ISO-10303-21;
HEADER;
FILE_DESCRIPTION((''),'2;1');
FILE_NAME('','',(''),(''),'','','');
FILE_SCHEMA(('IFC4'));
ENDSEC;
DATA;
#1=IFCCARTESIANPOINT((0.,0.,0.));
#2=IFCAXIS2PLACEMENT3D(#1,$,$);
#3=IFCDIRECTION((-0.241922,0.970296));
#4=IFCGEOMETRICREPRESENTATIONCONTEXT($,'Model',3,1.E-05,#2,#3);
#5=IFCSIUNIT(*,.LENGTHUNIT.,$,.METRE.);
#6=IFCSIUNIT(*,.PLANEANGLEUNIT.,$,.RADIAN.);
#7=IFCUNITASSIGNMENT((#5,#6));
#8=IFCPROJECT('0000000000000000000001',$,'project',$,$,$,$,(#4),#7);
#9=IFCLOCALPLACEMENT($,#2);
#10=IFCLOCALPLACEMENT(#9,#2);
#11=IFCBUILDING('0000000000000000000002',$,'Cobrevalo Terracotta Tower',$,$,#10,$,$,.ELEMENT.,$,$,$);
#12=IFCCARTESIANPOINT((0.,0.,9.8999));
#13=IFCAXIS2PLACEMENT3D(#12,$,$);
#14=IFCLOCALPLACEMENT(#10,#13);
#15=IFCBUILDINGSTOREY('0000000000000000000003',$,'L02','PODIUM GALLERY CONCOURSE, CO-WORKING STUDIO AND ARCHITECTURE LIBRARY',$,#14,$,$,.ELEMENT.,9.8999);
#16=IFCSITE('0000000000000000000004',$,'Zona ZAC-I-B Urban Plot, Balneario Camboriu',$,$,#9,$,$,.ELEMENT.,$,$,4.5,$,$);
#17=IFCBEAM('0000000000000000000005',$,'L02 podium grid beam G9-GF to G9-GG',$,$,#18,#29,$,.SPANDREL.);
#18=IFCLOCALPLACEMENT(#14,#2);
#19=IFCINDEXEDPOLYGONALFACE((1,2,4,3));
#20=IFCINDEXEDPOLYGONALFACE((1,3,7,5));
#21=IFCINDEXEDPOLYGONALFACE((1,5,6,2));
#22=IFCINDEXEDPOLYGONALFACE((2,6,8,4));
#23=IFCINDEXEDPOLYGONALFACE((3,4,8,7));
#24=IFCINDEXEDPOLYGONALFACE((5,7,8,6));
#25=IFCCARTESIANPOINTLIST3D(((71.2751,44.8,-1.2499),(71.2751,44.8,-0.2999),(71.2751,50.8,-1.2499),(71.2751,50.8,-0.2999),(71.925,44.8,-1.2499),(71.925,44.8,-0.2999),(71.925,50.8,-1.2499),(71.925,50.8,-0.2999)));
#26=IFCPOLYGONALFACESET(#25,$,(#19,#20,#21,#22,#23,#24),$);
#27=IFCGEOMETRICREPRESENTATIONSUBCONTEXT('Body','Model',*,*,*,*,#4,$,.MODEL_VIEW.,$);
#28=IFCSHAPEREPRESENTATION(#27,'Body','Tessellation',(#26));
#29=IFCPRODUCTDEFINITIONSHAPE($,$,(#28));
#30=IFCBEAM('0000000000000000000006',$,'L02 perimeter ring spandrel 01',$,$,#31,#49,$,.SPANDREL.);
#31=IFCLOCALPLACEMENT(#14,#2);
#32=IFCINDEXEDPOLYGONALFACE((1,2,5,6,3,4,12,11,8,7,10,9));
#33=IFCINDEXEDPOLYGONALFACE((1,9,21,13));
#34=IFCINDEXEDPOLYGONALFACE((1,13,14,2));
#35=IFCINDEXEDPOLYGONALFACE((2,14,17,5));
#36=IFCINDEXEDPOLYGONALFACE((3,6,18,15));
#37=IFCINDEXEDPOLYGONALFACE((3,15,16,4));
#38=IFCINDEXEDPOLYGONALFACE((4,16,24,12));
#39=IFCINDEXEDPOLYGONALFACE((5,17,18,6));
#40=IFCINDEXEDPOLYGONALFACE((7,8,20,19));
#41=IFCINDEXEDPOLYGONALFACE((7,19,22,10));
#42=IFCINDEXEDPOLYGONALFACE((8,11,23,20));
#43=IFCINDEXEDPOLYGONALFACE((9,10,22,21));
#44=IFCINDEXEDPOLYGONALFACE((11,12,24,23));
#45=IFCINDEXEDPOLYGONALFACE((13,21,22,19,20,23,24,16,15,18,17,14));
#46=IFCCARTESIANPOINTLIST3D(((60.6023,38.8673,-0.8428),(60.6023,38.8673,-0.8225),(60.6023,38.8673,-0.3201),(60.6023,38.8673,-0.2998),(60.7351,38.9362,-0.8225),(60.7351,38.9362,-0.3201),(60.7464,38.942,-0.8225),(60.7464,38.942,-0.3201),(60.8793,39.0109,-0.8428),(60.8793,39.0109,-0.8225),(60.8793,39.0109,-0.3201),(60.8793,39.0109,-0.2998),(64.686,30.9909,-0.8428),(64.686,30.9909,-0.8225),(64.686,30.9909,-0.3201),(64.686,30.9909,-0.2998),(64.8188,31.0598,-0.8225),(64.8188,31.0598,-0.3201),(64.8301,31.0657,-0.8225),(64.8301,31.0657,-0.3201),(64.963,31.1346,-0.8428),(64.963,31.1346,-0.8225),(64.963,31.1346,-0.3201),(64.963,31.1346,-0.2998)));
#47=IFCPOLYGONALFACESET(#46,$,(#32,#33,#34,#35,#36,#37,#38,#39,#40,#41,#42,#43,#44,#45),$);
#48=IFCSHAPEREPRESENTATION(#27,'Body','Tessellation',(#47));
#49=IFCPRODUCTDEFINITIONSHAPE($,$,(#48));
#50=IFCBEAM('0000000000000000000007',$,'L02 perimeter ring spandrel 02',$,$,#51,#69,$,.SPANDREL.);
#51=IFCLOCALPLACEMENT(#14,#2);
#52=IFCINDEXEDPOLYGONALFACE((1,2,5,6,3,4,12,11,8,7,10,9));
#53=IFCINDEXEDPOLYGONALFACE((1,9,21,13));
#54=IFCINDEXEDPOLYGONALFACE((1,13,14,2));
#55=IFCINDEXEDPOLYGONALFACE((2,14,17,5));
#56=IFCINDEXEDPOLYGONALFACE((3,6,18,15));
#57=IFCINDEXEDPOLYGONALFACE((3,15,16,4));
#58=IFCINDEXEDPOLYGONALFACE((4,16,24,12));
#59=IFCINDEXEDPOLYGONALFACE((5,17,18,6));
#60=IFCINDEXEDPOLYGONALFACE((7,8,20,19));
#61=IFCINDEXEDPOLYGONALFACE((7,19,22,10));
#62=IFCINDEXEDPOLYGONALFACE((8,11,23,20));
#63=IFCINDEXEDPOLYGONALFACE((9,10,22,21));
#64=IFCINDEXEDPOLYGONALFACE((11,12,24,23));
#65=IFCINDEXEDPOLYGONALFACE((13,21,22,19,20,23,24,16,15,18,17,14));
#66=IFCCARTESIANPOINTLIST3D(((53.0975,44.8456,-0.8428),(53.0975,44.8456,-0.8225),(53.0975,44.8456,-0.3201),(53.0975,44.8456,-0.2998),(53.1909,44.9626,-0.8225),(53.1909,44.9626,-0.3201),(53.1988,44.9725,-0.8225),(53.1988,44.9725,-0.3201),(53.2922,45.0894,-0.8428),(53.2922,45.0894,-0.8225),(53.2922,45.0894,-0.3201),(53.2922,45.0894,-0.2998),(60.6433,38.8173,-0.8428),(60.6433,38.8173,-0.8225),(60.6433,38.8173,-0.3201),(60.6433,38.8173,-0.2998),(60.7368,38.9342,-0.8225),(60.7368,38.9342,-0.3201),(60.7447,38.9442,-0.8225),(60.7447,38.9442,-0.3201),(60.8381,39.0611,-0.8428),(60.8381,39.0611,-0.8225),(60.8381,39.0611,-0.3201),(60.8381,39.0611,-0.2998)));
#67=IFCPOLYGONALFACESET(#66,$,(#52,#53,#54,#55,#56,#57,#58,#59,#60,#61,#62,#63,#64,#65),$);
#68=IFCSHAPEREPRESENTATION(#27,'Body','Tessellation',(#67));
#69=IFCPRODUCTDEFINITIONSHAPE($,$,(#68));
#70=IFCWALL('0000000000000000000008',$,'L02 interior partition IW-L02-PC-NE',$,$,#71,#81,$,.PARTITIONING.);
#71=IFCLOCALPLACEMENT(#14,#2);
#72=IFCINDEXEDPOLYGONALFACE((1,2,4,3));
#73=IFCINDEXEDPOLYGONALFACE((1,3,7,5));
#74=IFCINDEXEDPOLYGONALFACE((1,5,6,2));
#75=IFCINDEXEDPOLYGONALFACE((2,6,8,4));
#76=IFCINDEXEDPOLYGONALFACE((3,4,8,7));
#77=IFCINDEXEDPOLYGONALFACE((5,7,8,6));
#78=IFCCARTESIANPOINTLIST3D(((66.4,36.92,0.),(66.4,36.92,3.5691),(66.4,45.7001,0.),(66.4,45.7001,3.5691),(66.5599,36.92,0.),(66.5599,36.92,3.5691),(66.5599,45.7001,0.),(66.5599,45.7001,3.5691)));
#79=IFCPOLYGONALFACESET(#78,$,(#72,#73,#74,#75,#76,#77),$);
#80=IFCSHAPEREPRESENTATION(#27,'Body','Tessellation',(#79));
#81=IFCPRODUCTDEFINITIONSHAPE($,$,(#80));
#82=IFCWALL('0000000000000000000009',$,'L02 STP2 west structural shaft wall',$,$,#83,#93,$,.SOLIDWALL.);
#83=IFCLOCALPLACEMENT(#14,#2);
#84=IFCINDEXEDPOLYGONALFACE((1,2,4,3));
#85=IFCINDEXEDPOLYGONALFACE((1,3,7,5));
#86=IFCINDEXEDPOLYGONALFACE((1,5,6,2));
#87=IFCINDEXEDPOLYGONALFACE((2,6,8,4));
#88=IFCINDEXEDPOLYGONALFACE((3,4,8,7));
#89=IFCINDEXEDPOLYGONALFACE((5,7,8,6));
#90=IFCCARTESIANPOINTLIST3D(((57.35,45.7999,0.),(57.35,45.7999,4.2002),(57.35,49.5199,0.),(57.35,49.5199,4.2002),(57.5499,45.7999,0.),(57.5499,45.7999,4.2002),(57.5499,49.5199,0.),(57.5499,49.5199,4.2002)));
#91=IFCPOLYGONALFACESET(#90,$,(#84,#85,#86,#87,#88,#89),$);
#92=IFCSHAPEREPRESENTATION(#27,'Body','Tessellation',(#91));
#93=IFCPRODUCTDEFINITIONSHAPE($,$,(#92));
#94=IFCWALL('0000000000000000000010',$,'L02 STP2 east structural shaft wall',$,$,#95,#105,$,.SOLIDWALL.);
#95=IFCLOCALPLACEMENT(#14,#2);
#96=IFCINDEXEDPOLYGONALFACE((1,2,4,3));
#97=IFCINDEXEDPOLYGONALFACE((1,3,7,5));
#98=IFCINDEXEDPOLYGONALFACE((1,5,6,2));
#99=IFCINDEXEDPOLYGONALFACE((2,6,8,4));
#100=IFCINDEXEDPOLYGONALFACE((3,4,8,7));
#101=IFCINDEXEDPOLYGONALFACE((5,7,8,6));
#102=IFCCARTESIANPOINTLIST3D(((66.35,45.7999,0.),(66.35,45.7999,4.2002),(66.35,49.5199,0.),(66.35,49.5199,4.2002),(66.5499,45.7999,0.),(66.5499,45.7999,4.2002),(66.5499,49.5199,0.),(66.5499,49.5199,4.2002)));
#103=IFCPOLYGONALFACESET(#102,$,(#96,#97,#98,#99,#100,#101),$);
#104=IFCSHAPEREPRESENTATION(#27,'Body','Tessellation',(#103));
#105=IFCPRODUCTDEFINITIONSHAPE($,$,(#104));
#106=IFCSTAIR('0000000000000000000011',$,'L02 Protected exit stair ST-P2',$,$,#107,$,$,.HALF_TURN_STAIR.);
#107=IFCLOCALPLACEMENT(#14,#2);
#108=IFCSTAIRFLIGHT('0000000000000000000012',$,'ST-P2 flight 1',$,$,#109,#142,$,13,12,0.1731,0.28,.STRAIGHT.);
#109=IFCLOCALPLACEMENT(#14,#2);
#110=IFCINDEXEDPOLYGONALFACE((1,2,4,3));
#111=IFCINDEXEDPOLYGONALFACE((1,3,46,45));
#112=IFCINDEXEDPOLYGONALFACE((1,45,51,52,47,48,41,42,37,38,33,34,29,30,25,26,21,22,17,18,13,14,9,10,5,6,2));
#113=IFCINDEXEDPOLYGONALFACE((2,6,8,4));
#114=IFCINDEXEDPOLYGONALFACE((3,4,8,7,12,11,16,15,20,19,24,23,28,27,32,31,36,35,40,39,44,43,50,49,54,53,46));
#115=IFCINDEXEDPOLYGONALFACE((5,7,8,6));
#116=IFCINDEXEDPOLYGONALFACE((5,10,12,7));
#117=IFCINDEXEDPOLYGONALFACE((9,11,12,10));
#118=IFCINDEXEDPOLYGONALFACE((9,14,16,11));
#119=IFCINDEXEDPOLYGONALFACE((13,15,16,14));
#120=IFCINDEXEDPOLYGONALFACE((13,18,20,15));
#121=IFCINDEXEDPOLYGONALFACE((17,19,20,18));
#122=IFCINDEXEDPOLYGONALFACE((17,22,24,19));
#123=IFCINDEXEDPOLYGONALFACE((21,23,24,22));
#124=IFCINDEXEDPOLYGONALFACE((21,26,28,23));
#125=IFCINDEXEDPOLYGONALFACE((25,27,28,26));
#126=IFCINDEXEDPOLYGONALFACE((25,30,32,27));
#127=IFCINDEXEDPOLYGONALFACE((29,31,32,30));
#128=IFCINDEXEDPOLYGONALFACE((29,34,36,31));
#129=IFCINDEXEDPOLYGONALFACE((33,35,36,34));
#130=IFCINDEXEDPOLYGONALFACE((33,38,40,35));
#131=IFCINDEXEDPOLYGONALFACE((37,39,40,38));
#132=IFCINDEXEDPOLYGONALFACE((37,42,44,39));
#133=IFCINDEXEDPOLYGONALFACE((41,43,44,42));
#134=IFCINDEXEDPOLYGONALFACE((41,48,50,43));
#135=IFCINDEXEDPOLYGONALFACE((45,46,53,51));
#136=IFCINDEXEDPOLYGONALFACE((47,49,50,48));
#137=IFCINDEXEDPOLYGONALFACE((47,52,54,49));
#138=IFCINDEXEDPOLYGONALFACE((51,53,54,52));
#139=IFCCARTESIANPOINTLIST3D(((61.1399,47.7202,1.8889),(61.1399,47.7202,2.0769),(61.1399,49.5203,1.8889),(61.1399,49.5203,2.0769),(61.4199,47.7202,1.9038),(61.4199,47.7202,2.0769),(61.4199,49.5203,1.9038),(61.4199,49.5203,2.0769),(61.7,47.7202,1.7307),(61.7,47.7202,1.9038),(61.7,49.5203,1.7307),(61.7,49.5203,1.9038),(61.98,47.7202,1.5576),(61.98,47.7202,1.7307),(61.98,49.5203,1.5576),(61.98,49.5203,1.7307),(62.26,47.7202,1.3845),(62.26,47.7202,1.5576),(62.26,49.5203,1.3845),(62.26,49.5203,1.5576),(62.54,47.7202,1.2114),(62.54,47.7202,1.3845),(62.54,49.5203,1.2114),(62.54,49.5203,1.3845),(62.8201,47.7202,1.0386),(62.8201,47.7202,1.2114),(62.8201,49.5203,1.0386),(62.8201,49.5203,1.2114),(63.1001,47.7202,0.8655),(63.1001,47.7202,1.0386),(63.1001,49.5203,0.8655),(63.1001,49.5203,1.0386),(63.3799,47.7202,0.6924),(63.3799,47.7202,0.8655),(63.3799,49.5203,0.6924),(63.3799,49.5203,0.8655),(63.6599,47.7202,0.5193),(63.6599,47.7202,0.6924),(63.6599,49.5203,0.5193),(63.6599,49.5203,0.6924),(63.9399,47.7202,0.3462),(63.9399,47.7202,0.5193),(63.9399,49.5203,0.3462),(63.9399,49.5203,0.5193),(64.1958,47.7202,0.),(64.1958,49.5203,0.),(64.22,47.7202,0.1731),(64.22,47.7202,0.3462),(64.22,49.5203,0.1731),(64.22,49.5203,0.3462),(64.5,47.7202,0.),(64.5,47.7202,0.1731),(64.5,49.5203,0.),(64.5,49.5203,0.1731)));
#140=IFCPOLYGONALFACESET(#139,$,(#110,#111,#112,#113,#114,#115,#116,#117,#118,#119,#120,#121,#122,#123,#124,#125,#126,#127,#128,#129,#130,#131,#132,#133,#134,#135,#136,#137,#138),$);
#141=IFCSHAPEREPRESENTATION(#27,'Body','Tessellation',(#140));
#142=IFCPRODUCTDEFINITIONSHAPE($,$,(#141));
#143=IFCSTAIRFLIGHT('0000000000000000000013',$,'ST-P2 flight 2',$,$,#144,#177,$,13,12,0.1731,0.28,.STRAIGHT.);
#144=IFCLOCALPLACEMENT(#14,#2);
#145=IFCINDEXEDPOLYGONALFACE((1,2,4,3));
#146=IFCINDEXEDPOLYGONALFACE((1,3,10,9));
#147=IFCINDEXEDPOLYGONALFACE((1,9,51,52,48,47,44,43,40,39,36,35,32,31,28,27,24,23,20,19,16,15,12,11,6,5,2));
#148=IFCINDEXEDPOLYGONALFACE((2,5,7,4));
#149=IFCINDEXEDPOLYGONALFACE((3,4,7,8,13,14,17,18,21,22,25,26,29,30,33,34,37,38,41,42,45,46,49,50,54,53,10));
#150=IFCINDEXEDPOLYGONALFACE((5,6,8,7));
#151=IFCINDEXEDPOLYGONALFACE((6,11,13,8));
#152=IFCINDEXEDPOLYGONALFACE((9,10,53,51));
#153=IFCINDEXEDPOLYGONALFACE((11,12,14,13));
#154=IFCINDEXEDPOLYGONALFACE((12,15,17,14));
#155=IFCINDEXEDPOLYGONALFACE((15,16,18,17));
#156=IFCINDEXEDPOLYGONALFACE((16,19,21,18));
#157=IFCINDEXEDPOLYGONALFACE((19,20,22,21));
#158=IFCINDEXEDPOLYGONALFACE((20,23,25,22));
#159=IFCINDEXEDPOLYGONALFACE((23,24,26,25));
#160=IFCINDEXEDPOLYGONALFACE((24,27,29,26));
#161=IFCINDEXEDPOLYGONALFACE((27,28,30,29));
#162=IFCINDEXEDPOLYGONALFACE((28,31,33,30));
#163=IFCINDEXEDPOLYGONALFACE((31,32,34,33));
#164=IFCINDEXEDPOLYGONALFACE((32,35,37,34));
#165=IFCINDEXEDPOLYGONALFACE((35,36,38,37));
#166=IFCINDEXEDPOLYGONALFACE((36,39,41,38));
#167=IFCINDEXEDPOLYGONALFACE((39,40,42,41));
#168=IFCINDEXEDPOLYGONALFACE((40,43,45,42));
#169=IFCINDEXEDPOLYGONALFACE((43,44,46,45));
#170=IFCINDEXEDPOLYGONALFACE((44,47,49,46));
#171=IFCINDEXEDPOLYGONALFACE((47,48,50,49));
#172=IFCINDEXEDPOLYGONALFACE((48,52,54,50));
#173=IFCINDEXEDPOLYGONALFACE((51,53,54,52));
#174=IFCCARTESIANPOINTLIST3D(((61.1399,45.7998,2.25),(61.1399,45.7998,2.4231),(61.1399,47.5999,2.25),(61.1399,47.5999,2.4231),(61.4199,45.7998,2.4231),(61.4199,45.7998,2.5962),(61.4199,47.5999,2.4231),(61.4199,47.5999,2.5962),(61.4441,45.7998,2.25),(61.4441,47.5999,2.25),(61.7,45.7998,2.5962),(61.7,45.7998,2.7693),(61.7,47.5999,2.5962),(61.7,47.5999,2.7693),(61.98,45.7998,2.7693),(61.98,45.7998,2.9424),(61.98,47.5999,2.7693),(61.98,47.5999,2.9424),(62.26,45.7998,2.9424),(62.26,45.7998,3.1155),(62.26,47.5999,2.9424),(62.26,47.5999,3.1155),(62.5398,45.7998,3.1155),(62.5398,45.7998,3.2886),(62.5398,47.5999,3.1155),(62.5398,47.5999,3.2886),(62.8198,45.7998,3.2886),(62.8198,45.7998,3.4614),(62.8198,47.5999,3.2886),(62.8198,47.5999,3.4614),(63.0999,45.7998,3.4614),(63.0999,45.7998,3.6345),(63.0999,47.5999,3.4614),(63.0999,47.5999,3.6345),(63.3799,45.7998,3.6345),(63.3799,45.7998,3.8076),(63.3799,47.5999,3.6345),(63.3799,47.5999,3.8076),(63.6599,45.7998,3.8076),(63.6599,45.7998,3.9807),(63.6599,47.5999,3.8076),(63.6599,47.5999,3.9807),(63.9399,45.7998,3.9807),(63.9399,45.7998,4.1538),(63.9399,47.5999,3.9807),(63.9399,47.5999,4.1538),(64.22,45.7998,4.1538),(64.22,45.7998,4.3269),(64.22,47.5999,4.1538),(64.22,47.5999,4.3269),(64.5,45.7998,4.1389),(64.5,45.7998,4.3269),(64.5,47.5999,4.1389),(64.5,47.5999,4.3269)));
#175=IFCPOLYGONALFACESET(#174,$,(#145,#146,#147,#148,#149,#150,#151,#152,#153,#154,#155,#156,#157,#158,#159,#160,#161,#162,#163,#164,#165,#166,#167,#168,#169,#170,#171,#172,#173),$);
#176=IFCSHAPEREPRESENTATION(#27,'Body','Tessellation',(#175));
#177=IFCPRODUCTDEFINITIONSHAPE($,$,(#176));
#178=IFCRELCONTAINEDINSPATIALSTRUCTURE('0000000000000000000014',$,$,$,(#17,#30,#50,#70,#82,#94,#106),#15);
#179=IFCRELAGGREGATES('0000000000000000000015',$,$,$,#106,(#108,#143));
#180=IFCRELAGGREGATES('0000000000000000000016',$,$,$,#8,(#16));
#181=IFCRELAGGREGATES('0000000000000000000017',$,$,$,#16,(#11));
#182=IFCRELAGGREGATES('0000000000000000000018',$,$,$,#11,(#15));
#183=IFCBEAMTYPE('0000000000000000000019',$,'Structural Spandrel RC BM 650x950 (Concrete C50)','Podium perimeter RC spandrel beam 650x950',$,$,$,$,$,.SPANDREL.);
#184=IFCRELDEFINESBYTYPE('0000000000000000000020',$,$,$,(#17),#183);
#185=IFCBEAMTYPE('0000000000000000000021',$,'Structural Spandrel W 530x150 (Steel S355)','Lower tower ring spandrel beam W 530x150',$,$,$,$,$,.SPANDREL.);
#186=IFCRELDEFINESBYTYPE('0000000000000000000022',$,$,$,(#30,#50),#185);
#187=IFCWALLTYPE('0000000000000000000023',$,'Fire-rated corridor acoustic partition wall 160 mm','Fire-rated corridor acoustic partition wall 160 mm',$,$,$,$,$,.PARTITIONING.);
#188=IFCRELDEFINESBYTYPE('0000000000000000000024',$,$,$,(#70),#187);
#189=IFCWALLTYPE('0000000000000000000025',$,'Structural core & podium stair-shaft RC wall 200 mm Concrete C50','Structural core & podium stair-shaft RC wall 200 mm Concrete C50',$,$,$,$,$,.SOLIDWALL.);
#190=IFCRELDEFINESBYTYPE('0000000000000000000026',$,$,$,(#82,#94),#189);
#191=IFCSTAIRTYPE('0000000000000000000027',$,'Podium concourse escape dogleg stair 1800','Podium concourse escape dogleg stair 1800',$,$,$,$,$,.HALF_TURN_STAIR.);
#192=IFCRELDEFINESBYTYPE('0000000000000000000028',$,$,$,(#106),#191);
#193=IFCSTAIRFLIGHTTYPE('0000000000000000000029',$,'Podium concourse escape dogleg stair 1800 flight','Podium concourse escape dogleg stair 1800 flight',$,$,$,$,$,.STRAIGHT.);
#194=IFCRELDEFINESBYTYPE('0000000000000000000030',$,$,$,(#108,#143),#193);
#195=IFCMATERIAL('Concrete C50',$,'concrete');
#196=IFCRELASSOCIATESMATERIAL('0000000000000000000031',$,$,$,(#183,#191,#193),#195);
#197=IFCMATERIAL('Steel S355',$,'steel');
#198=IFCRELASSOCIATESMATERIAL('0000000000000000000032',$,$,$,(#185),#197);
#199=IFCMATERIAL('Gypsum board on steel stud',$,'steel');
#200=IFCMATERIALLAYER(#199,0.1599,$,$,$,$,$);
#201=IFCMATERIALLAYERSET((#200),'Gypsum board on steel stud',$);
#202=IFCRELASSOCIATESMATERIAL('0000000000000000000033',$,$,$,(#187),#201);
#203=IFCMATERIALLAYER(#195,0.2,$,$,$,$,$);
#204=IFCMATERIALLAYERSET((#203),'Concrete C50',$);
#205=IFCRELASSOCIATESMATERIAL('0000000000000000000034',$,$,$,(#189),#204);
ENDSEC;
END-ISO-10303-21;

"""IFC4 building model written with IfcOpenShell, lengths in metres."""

from ifc_helpers import new_model, si_unit, direction, frame, frame_2d, origin, origin_2d, place, context, subcontext, project, spatial, polyline, rectangle, i_section, outline, extrude, material, layer, layer_set, material_profile, profile_set, type_object, element, aggregate, save


model = new_model("IFC4")

# Units and contexts
model_context = context("Model", 3, precision=1e-05, world=origin(), true_north=direction((-0.241922, 0.970296)))
body_context = subcontext(model_context, "Body", "Model", "MODEL_VIEW")
ifc_project = project(units=[si_unit("LENGTHUNIT", "METRE"), si_unit("PLANEANGLEUNIT", "RADIAN")], contexts=[model_context])

# Site, building, storey
site_placement = place(None, origin())
site = spatial("IfcSite", under=ifc_project, at=site_placement, Name="Zona ZAC-I-B Urban Plot, Balneario Camboriu", CompositionType="ELEMENT", RefElevation=4.5)
building_placement = place(site_placement, origin())
building = spatial("IfcBuilding", under=site, at=building_placement, Name="Cobrevalo Terracotta Tower", CompositionType="ELEMENT")
storey_placement = place(building_placement, frame((0.0, 0.0, 9.8999)))
storey = spatial("IfcBuildingStorey", under=building, at=storey_placement, Name="L02", Description="PODIUM GALLERY CONCOURSE, CO-WORKING STUDIO AND ARCHITECTURE LIBRARY", CompositionType="ELEMENT", Elevation=9.8999)

# Shared definitions
ifc_material_1 = material(Name="Steel S355", Category="steel")
ifc_material_2 = material(Name="Concrete C50", Category="concrete")

# Beams
ifc_material_profile_1 = material_profile(ifc_material_2, rectangle(XDim=0.6499, YDim=0.95, at=origin_2d()), Name="RC BM 650x950")
ifc_profile_set_1 = profile_set([ifc_material_profile_1], Name="Concrete C50")
beam_type_1 = type_object("IfcBeamType", Name="Structural Spandrel RC BM 650x950 (Concrete C50)", Description="Podium perimeter RC spandrel beam 650x950", PredefinedType="SPANDREL", material=ifc_profile_set_1)
beam_1_placement = place(storey_placement, frame((71.6001, 44.8, -0.7749), z_axis=(0.0, 1.0, 0.0), x_axis=(-1.0, 0.0, 0.0)))
element("IfcBeam", 1, at=beam_1_placement, inside=storey, type_object=beam_type_1, Name="L02 podium grid beam G9-GF to G9-GG", PredefinedType="SPANDREL", context=body_context, shape_type="SweptSolid", body=[
    extrude(rectangle(XDim=0.6499, YDim=0.95, at=origin_2d()), origin(), (0.0, 0.0, 1.0), 6.0),
])
ifc_material_profile_2 = material_profile(ifc_material_1, i_section(OverallWidth=0.312, OverallDepth=0.543, WebThickness=0.0127, FlangeThickness=0.0203, at=origin_2d()), Name="W 530x150")
ifc_profile_set_2 = profile_set([ifc_material_profile_2], Name="Steel S355")
beam_type_2 = type_object("IfcBeamType", Name="Structural Spandrel W 530x150 (Steel S355)", Description="Lower tower ring spandrel beam W 530x150", PredefinedType="SPANDREL", material=ifc_profile_set_2)
beam_2_placement = place(storey_placement, frame((64.8245, 31.0627, -0.5713), z_axis=(-0.460286, 0.887771, 0.0), x_axis=(-0.887771, -0.460286, 0.0)))
element("IfcBeam", 2, at=beam_2_placement, inside=storey, type_object=beam_type_2, Name="L02 perimeter ring spandrel 01", PredefinedType="SPANDREL", context=body_context, shape_type="SweptSolid", body=[
    extrude(i_section(OverallWidth=0.312, OverallDepth=0.543, WebThickness=0.0127, FlangeThickness=0.0203, at=origin_2d()), origin(), (0.0, 0.0, 1.0), 8.8721),
])
beam_3_placement = place(storey_placement, frame((60.7407, 38.9392, -0.5713), z_axis=(-0.781293, 0.624165, 0.0), x_axis=(-0.624165, -0.781293, 0.0)))
element("IfcBeam", 3, at=beam_3_placement, inside=storey, type_object=beam_type_2, Name="L02 perimeter ring spandrel 02", PredefinedType="SPANDREL", context=body_context, shape_type="SweptSolid", body=[
    extrude(i_section(OverallWidth=0.312, OverallDepth=0.543, WebThickness=0.0127, FlangeThickness=0.0203, at=origin_2d()), origin(), (0.0, 0.0, 1.0), 9.6582),
])

# Walls
ifc_material_3 = material(Name="Gypsum board on steel stud", Category="steel")
ifc_layer_1 = layer(ifc_material_3, 0.1599)
ifc_layer_set_1 = layer_set([ifc_layer_1], Name="Gypsum board on steel stud")
wall_type_1 = type_object("IfcWallType", Name="Fire-rated corridor acoustic partition wall 160 mm", Description="Fire-rated corridor acoustic partition wall 160 mm", PredefinedType="PARTITIONING", material=ifc_layer_set_1)
wall_placement = place(storey_placement, frame((66.48, 36.9199, 0.0), z_axis=(0.0, 0.0, 1.0), x_axis=(0.0, 1.0, 0.0)))
element("IfcWall", 4, at=wall_placement, inside=storey, type_object=wall_type_1, Name="L02 interior partition IW-L02-PC-NE", PredefinedType="PARTITIONING", context=body_context, shape_type="SweptSolid", body=[
    extrude(rectangle(XDim=8.78, YDim=0.1599, at=frame_2d((4.3901, 0.0))), origin(), (0.0, 0.0, 1.0), 3.5691),
])
ifc_layer_2 = layer(ifc_material_2, 0.2)
ifc_layer_set_2 = layer_set([ifc_layer_2], Name="Concrete C50")
wall_type_2 = type_object("IfcWallType", Name="Structural core & podium stair-shaft RC wall 200 mm Concrete C50", Description="Structural core & podium stair-shaft RC wall 200 mm Concrete C50", PredefinedType="SOLIDWALL", material=ifc_layer_set_2)
for number, where, z_axis, x_axis, name in (
    (5, (57.45, 45.8, 0.0), (0.0, 0.0, 1.0), (0.0, 1.0, 0.0), "L02 STP2 west structural shaft wall"),
    (6, (66.45, 45.8, 0.0), (0.0, 0.0, 1.0), (0.0, 1.0, 0.0), "L02 STP2 east structural shaft wall"),
):
    element("IfcWall", number, at=place(storey_placement, frame(where, z_axis=z_axis, x_axis=x_axis)), inside=storey, type_object=wall_type_2, Name=name, PredefinedType="SOLIDWALL", context=body_context, shape_type="SweptSolid", body=[
        extrude(rectangle(XDim=3.72, YDim=0.2, at=frame_2d((1.8599, 0.0))), origin(), (0.0, 0.0, 1.0), 4.2002),
    ])

# Stair, stair flights
stair_type = type_object("IfcStairType", Name="Podium concourse escape dogleg stair 1800", Description="Podium concourse escape dogleg stair 1800", PredefinedType="HALF_TURN_STAIR", material=ifc_material_2)
stair_placement = place(storey_placement, origin())
stair = element("IfcStair", 7, at=stair_placement, inside=storey, type_object=stair_type, Name="L02 Protected exit stair ST-P2", PredefinedType="HALF_TURN_STAIR")
stair_flight_type = type_object("IfcStairFlightType", Name="Podium concourse escape dogleg stair 1800 flight", Description="Podium concourse escape dogleg stair 1800 flight", PredefinedType="STRAIGHT", material=ifc_material_2)
stair_flight_1_placement = place(storey_placement, frame((64.5, 48.6201, 0.0), z_axis=(0.0, 0.0, 1.0), x_axis=(-1.0, 0.0, 0.0)))
stair_flight_1 = element("IfcStairFlight", 8, at=stair_flight_1_placement, type_object=stair_flight_type, Name="ST-P2 flight 1", NumberOfRisers=13, NumberOfTreads=12, PredefinedType="STRAIGHT", RiserHeight=0.1731, TreadLength=0.28, context=body_context, shape_type="SweptSolid", body=[
    extrude(outline(polyline([(0.0, 0.0), (0.0, 0.1731), (0.28, 0.1731), (0.28, 0.3462), (0.5601, 0.3462), (0.5601, 0.5193), (0.8401, 0.5193), (0.8401, 0.6924), (1.1201, 0.6924), (1.1201, 0.8655), (1.3999, 0.8655), (1.3999, 1.0386), (1.6799, 1.0386), (1.6799, 1.2114), (1.96, 1.2114), (1.96, 1.3845), (2.24, 1.3845), (2.24, 1.5576), (2.52, 1.5576), (2.52, 1.7307), (2.8, 1.7307), (2.8, 1.9038), (3.0801, 1.9038), (3.0801, 2.0769), (3.3601, 2.0769), (3.3601, 2.25), (3.3601, 1.8889), (0.3042, 0.0), (0.0, 0.0)])), frame((0.0, 0.8999, 0.0), z_axis=(0.0, -1.0, 0.0), x_axis=(1.0, 0.0, 0.0)), (0.0, 0.0, 1.0), 1.8),
])
stair_flight_2_placement = place(storey_placement, frame((61.1399, 46.7, 2.25), z_axis=(0.0, 0.0, 1.0), x_axis=(1.0, 0.0, 0.0)))
stair_flight_2 = element("IfcStairFlight", 9, at=stair_flight_2_placement, type_object=stair_flight_type, Name="ST-P2 flight 2", NumberOfRisers=13, NumberOfTreads=12, PredefinedType="STRAIGHT", RiserHeight=0.1731, TreadLength=0.28, context=body_context, shape_type="SweptSolid", body=[
    extrude(outline(polyline([(0.0, 0.0), (0.0, 0.1731), (0.28, 0.1731), (0.28, 0.3462), (0.5601, 0.3462), (0.5601, 0.5193), (0.8401, 0.5193), (0.8401, 0.6924), (1.1201, 0.6924), (1.1201, 0.8655), (1.3999, 0.8655), (1.3999, 1.0386), (1.6799, 1.0386), (1.6799, 1.2114), (1.96, 1.2114), (1.96, 1.3845), (2.24, 1.3845), (2.24, 1.5576), (2.52, 1.5576), (2.52, 1.7307), (2.8, 1.7307), (2.8, 1.9038), (3.0801, 1.9038), (3.0801, 2.0769), (3.3601, 2.0769), (3.3601, 2.25), (3.3601, 1.8889), (0.3042, 0.0), (0.0, 0.0)])), frame((0.0, 0.8999, 0.0), z_axis=(0.0, -1.0, 0.0), x_axis=(1.0, 0.0, 0.0)), (0.0, 0.0, 1.0), 1.8),
])
aggregate(stair, [stair_flight_1, stair_flight_2])

save(model, "model.ifc")
